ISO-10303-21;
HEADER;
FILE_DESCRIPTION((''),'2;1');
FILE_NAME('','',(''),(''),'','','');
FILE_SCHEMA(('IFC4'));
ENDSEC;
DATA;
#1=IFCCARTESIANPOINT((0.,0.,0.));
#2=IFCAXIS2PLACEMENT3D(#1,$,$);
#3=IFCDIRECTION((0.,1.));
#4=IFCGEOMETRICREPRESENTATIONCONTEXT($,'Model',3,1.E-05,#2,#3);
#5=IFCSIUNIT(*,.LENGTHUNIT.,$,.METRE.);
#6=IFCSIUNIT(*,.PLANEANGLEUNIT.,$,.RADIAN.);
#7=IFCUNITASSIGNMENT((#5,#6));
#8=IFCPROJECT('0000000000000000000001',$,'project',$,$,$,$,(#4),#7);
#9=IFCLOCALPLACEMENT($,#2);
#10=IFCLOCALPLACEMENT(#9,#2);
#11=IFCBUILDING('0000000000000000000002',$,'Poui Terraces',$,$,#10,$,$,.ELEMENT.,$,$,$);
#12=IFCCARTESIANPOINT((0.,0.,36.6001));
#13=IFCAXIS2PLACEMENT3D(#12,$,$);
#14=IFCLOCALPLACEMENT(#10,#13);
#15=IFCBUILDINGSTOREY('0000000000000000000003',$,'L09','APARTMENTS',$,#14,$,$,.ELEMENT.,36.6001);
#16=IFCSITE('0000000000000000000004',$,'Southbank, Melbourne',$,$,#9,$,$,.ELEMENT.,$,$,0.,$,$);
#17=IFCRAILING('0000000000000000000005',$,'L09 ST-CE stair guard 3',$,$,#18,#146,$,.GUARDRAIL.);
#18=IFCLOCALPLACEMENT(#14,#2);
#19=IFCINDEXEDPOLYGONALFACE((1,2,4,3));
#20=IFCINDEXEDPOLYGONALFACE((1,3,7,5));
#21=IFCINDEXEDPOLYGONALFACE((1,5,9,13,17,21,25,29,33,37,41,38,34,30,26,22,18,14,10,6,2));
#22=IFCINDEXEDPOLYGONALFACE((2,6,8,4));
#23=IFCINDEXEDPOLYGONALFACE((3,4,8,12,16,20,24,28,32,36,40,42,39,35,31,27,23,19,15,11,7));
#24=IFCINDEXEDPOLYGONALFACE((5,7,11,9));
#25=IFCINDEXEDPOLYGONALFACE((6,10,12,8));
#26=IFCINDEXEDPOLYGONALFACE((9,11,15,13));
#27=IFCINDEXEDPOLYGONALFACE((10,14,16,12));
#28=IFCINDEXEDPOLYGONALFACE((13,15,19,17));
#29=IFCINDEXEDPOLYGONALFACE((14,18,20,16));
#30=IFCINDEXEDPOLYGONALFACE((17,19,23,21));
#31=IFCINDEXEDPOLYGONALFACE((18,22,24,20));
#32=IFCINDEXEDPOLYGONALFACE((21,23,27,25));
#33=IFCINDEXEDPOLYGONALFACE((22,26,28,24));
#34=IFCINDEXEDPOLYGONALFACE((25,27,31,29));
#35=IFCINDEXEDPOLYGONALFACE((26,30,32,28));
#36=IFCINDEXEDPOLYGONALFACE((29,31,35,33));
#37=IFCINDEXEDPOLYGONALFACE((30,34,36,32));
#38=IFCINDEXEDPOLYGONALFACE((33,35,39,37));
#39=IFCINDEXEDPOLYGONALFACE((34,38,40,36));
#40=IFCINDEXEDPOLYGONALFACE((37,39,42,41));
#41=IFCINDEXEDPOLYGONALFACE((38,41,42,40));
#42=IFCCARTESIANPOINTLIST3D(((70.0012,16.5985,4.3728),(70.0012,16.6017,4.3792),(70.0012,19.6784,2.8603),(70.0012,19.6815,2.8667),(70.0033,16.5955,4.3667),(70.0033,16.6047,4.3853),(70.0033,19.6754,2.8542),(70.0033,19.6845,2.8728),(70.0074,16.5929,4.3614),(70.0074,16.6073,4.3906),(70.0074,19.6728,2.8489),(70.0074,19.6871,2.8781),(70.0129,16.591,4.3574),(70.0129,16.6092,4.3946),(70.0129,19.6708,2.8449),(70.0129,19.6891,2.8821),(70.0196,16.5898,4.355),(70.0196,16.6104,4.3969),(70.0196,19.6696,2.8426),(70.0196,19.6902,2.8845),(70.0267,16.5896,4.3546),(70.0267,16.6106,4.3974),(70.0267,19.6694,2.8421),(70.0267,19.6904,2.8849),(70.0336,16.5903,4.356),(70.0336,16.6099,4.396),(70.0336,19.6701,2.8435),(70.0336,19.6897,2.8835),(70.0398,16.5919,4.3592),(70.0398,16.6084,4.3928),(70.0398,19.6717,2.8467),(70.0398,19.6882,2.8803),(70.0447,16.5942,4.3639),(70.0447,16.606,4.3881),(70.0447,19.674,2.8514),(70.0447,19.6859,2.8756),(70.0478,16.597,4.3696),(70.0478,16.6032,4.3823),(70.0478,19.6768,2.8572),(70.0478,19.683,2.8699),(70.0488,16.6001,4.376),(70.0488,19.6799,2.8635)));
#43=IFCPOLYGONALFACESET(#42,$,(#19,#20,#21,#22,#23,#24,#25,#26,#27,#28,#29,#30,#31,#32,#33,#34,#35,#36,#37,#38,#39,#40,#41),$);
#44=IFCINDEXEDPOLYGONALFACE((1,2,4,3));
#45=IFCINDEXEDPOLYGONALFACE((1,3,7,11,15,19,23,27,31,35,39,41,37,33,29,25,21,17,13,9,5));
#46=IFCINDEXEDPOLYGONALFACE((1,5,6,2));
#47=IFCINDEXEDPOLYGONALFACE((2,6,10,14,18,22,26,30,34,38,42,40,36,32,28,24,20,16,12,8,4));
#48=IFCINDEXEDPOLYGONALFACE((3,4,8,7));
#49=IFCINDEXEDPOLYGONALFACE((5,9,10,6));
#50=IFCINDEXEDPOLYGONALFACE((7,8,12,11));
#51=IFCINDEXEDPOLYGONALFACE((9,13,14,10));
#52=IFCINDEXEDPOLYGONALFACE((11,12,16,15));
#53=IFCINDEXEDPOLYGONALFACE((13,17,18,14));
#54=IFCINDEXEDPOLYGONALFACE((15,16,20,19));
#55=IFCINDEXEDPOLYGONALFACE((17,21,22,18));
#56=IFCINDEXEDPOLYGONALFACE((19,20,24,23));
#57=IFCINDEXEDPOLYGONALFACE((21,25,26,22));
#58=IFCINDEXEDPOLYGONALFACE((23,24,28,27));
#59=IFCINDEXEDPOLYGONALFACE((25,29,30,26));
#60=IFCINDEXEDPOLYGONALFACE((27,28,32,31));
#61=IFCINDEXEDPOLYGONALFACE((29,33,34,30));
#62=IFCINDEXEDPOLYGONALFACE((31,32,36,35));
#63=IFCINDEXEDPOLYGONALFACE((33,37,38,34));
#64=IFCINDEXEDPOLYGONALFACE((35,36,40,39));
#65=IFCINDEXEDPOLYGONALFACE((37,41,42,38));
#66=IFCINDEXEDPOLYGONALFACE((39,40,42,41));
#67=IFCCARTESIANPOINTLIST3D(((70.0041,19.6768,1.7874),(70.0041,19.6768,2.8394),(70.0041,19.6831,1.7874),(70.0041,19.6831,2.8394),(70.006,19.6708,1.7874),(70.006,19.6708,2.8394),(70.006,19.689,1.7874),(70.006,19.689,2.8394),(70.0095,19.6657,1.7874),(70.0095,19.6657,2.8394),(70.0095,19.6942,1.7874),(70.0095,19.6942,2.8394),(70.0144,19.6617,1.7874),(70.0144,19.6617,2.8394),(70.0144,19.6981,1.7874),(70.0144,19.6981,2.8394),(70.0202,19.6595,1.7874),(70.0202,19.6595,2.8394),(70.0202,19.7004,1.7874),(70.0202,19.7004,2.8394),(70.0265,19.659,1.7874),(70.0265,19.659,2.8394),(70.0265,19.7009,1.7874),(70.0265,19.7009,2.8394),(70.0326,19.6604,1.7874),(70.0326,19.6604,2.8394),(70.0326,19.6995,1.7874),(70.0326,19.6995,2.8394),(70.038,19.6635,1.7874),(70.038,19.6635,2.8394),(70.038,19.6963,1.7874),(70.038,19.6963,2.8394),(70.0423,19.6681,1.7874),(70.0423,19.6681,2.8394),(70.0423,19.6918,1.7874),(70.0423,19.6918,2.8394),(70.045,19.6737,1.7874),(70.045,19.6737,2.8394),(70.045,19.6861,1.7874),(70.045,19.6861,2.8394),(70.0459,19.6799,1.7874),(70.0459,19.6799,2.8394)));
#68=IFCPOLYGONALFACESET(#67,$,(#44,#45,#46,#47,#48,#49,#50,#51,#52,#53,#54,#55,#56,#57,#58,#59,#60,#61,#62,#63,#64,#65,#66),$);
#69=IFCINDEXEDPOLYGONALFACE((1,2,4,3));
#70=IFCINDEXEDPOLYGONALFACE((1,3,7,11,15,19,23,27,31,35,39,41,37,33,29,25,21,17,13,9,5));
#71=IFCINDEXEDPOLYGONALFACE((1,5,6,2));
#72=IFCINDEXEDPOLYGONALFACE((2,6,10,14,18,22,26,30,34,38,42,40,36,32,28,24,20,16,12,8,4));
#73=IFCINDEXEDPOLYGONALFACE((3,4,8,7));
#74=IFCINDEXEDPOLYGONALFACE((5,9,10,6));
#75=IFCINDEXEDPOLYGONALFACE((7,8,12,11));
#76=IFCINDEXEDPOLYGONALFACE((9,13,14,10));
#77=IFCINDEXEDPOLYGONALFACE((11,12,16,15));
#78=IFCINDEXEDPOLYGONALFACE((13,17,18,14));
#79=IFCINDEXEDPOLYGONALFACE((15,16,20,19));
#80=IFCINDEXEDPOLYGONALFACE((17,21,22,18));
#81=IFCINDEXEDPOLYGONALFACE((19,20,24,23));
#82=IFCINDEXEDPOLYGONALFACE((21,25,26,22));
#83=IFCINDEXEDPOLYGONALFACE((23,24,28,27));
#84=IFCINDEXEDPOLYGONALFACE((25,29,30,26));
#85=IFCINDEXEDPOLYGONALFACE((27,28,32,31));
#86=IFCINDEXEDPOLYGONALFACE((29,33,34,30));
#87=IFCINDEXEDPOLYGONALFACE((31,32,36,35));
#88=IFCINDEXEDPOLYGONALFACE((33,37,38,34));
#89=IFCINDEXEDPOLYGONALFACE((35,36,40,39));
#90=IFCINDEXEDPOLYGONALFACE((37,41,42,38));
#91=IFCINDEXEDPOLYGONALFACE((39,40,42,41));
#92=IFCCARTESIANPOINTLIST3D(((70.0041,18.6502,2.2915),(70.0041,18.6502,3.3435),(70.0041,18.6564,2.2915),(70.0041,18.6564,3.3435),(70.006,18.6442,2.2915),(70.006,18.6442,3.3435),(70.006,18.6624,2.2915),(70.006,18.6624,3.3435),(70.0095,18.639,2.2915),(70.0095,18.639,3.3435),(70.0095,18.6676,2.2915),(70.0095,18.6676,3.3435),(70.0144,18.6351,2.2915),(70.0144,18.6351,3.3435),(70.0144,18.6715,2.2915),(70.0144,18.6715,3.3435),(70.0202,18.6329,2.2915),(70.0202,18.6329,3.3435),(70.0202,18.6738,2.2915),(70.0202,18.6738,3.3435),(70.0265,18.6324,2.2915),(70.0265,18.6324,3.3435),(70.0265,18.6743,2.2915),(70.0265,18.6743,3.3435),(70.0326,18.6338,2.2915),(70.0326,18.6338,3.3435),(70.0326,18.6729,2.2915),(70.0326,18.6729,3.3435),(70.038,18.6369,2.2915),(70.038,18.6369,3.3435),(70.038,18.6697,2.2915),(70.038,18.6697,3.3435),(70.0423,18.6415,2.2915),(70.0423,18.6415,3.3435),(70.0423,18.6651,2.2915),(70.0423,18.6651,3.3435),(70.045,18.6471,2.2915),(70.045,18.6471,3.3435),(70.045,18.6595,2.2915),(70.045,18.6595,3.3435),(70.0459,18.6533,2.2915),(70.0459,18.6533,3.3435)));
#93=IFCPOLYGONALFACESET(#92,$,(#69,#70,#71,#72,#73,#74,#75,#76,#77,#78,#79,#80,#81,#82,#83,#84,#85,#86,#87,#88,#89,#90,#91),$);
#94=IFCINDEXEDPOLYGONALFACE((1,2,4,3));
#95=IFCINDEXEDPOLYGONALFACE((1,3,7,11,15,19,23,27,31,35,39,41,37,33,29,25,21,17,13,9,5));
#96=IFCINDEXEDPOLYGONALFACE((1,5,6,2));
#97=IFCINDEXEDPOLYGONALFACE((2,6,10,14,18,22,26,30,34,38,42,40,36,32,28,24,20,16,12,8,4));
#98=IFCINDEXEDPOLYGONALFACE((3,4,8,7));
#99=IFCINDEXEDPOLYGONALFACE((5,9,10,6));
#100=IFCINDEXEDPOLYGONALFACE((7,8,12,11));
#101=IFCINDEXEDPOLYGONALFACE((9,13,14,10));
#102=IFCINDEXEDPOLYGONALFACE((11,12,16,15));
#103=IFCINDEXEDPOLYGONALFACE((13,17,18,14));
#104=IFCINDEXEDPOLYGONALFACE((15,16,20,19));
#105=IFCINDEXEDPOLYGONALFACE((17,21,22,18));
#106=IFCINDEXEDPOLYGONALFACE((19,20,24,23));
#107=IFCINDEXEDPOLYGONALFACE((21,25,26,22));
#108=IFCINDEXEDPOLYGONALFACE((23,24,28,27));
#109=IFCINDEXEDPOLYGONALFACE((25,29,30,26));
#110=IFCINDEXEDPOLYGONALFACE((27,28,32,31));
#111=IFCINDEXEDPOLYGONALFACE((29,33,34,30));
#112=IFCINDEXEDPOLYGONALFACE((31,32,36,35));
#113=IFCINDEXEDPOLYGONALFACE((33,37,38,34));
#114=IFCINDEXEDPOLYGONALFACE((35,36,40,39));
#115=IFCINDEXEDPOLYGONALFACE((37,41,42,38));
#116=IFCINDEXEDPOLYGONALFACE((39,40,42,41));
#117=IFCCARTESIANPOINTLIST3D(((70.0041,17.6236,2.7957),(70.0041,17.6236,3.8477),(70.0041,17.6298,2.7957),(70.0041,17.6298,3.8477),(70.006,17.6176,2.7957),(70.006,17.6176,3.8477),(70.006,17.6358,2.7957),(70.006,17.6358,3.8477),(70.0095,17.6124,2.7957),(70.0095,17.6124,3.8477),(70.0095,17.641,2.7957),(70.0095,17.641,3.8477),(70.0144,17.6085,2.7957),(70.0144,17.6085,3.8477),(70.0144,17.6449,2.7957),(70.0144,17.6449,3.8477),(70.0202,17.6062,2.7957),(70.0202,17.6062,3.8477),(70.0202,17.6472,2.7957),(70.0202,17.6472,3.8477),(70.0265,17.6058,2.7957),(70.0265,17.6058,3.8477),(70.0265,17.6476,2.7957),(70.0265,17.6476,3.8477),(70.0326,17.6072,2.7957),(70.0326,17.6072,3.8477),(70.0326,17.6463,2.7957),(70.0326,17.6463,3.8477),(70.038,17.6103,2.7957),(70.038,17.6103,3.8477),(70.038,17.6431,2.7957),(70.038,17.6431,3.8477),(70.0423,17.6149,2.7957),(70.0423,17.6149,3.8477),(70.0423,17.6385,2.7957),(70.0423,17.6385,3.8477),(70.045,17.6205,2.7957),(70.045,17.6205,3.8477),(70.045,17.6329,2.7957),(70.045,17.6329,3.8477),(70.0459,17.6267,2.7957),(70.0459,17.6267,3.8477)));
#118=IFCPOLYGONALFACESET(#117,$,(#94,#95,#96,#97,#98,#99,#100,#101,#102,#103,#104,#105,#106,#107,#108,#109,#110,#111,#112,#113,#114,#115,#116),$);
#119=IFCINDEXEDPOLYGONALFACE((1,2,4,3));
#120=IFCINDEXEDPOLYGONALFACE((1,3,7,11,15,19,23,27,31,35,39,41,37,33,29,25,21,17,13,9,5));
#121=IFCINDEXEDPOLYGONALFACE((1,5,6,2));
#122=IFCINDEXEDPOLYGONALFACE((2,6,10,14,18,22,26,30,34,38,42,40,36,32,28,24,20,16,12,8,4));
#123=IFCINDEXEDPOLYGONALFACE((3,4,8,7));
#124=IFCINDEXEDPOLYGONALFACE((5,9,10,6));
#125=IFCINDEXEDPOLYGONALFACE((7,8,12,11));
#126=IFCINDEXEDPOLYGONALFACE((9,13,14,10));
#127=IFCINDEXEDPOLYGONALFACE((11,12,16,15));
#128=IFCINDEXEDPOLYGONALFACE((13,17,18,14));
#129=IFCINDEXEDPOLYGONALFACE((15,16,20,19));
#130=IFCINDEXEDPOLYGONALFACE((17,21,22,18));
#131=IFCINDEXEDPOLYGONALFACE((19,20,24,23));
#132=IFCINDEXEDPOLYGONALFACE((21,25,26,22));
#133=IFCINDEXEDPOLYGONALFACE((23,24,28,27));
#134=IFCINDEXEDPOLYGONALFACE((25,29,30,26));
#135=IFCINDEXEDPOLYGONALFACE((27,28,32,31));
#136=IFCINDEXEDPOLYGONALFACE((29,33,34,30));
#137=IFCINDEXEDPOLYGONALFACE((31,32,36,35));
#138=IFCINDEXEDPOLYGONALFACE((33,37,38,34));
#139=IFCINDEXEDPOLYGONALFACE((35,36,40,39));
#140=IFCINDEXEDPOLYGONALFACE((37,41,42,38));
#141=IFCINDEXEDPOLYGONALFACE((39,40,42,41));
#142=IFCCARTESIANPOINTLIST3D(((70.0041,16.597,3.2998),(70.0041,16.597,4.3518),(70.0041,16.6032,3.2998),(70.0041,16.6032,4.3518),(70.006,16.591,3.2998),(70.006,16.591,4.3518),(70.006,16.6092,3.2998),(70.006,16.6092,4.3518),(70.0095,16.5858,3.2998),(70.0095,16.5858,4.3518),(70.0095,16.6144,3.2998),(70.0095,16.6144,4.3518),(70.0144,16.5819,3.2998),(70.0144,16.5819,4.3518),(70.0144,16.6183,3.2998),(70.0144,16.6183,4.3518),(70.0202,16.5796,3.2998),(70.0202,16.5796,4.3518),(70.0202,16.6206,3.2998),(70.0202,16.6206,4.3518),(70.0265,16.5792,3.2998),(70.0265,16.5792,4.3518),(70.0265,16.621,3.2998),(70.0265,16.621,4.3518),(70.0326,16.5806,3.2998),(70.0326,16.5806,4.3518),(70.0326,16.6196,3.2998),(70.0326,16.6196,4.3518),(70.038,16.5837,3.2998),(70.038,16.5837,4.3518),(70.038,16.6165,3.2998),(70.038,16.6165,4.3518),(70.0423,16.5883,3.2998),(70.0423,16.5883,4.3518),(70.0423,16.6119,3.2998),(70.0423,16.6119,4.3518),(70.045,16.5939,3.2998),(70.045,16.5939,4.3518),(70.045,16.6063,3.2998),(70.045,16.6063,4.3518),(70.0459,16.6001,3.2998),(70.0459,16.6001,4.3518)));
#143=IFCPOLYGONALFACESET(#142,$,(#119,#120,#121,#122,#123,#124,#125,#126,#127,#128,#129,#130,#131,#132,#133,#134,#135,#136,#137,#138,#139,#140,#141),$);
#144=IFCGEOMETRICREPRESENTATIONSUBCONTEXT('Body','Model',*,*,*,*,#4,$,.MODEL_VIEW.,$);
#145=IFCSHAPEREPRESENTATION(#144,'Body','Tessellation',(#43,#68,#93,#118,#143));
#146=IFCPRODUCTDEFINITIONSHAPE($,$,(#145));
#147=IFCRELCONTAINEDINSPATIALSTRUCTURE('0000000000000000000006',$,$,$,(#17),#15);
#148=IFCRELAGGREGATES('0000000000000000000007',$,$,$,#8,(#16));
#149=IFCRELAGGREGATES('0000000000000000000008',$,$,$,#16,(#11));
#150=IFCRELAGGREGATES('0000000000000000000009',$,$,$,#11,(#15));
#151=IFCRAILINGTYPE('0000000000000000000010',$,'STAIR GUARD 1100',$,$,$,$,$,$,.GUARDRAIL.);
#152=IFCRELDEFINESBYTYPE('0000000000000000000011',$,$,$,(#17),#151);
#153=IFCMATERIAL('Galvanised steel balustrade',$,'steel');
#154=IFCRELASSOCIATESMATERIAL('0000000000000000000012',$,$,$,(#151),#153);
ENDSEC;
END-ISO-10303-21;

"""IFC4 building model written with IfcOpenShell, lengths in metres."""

from ifc_helpers import new_model, si_unit, direction, frame, origin, origin_2d, place, context, subcontext, project, spatial, circle, extrude, material, type_object, element, save


model = new_model("IFC4")

# Units and contexts
model_context = context("Model", 3, precision=1e-05, world=origin(), true_north=direction((0.0, 1.0)))
body_context = subcontext(model_context, "Body", "Model", "MODEL_VIEW")
ifc_project = project(units=[si_unit("LENGTHUNIT", "METRE"), si_unit("PLANEANGLEUNIT", "RADIAN")], contexts=[model_context])

# Site, building, storey
site_placement = place(None, origin())
site = spatial("IfcSite", under=ifc_project, at=site_placement, Name="Southbank, Melbourne", CompositionType="ELEMENT", RefElevation=0.0)
building_placement = place(site_placement, origin())
building = spatial("IfcBuilding", under=site, at=building_placement, Name="Poui Terraces", CompositionType="ELEMENT")
storey_placement = place(building_placement, frame((0.0, 0.0, 36.6001)))
storey = spatial("IfcBuildingStorey", under=building, at=storey_placement, Name="L09", Description="APARTMENTS", CompositionType="ELEMENT", Elevation=36.6001)

# Railing
ifc_material_1 = material(Name="Galvanised steel balustrade", Category="steel")
railing_type_1 = type_object("IfcRailingType", Name="STAIR GUARD 1100", PredefinedType="GUARDRAIL", material=ifc_material_1)
railing_1_placement = place(storey_placement, frame((70.0249, 19.6799, 1.7874)))
element("IfcRailing", 1, at=railing_1_placement, inside=storey, type_object=railing_type_1, Name="L09 ST-CE stair guard 3", PredefinedType="GUARDRAIL", context=body_context, shape_type="SweptSolid", body=[
    extrude(circle(Radius=0.0239, at=origin_2d()), frame((0.0, 0.0, 1.0762), z_axis=(0.0, -0.897606, 0.440798), x_axis=(1.0, 0.0, 0.0)), (0.0, 0.0, 1.0), 3.4312),
    extrude(circle(Radius=0.021, at=origin_2d()), origin(), (0.0, 0.0, 1.0), 1.052),
    extrude(circle(Radius=0.021, at=origin_2d()), frame((0.0, -1.0266, 0.5042)), (0.0, 0.0, 1.0), 1.052),
    extrude(circle(Radius=0.021, at=origin_2d()), frame((0.0, -2.0532, 1.0083)), (0.0, 0.0, 1.0), 1.052),
    extrude(circle(Radius=0.021, at=origin_2d()), frame((0.0, -3.0798, 1.5125)), (0.0, 0.0, 1.0), 1.052),
])

save(model, "model.ifc")
